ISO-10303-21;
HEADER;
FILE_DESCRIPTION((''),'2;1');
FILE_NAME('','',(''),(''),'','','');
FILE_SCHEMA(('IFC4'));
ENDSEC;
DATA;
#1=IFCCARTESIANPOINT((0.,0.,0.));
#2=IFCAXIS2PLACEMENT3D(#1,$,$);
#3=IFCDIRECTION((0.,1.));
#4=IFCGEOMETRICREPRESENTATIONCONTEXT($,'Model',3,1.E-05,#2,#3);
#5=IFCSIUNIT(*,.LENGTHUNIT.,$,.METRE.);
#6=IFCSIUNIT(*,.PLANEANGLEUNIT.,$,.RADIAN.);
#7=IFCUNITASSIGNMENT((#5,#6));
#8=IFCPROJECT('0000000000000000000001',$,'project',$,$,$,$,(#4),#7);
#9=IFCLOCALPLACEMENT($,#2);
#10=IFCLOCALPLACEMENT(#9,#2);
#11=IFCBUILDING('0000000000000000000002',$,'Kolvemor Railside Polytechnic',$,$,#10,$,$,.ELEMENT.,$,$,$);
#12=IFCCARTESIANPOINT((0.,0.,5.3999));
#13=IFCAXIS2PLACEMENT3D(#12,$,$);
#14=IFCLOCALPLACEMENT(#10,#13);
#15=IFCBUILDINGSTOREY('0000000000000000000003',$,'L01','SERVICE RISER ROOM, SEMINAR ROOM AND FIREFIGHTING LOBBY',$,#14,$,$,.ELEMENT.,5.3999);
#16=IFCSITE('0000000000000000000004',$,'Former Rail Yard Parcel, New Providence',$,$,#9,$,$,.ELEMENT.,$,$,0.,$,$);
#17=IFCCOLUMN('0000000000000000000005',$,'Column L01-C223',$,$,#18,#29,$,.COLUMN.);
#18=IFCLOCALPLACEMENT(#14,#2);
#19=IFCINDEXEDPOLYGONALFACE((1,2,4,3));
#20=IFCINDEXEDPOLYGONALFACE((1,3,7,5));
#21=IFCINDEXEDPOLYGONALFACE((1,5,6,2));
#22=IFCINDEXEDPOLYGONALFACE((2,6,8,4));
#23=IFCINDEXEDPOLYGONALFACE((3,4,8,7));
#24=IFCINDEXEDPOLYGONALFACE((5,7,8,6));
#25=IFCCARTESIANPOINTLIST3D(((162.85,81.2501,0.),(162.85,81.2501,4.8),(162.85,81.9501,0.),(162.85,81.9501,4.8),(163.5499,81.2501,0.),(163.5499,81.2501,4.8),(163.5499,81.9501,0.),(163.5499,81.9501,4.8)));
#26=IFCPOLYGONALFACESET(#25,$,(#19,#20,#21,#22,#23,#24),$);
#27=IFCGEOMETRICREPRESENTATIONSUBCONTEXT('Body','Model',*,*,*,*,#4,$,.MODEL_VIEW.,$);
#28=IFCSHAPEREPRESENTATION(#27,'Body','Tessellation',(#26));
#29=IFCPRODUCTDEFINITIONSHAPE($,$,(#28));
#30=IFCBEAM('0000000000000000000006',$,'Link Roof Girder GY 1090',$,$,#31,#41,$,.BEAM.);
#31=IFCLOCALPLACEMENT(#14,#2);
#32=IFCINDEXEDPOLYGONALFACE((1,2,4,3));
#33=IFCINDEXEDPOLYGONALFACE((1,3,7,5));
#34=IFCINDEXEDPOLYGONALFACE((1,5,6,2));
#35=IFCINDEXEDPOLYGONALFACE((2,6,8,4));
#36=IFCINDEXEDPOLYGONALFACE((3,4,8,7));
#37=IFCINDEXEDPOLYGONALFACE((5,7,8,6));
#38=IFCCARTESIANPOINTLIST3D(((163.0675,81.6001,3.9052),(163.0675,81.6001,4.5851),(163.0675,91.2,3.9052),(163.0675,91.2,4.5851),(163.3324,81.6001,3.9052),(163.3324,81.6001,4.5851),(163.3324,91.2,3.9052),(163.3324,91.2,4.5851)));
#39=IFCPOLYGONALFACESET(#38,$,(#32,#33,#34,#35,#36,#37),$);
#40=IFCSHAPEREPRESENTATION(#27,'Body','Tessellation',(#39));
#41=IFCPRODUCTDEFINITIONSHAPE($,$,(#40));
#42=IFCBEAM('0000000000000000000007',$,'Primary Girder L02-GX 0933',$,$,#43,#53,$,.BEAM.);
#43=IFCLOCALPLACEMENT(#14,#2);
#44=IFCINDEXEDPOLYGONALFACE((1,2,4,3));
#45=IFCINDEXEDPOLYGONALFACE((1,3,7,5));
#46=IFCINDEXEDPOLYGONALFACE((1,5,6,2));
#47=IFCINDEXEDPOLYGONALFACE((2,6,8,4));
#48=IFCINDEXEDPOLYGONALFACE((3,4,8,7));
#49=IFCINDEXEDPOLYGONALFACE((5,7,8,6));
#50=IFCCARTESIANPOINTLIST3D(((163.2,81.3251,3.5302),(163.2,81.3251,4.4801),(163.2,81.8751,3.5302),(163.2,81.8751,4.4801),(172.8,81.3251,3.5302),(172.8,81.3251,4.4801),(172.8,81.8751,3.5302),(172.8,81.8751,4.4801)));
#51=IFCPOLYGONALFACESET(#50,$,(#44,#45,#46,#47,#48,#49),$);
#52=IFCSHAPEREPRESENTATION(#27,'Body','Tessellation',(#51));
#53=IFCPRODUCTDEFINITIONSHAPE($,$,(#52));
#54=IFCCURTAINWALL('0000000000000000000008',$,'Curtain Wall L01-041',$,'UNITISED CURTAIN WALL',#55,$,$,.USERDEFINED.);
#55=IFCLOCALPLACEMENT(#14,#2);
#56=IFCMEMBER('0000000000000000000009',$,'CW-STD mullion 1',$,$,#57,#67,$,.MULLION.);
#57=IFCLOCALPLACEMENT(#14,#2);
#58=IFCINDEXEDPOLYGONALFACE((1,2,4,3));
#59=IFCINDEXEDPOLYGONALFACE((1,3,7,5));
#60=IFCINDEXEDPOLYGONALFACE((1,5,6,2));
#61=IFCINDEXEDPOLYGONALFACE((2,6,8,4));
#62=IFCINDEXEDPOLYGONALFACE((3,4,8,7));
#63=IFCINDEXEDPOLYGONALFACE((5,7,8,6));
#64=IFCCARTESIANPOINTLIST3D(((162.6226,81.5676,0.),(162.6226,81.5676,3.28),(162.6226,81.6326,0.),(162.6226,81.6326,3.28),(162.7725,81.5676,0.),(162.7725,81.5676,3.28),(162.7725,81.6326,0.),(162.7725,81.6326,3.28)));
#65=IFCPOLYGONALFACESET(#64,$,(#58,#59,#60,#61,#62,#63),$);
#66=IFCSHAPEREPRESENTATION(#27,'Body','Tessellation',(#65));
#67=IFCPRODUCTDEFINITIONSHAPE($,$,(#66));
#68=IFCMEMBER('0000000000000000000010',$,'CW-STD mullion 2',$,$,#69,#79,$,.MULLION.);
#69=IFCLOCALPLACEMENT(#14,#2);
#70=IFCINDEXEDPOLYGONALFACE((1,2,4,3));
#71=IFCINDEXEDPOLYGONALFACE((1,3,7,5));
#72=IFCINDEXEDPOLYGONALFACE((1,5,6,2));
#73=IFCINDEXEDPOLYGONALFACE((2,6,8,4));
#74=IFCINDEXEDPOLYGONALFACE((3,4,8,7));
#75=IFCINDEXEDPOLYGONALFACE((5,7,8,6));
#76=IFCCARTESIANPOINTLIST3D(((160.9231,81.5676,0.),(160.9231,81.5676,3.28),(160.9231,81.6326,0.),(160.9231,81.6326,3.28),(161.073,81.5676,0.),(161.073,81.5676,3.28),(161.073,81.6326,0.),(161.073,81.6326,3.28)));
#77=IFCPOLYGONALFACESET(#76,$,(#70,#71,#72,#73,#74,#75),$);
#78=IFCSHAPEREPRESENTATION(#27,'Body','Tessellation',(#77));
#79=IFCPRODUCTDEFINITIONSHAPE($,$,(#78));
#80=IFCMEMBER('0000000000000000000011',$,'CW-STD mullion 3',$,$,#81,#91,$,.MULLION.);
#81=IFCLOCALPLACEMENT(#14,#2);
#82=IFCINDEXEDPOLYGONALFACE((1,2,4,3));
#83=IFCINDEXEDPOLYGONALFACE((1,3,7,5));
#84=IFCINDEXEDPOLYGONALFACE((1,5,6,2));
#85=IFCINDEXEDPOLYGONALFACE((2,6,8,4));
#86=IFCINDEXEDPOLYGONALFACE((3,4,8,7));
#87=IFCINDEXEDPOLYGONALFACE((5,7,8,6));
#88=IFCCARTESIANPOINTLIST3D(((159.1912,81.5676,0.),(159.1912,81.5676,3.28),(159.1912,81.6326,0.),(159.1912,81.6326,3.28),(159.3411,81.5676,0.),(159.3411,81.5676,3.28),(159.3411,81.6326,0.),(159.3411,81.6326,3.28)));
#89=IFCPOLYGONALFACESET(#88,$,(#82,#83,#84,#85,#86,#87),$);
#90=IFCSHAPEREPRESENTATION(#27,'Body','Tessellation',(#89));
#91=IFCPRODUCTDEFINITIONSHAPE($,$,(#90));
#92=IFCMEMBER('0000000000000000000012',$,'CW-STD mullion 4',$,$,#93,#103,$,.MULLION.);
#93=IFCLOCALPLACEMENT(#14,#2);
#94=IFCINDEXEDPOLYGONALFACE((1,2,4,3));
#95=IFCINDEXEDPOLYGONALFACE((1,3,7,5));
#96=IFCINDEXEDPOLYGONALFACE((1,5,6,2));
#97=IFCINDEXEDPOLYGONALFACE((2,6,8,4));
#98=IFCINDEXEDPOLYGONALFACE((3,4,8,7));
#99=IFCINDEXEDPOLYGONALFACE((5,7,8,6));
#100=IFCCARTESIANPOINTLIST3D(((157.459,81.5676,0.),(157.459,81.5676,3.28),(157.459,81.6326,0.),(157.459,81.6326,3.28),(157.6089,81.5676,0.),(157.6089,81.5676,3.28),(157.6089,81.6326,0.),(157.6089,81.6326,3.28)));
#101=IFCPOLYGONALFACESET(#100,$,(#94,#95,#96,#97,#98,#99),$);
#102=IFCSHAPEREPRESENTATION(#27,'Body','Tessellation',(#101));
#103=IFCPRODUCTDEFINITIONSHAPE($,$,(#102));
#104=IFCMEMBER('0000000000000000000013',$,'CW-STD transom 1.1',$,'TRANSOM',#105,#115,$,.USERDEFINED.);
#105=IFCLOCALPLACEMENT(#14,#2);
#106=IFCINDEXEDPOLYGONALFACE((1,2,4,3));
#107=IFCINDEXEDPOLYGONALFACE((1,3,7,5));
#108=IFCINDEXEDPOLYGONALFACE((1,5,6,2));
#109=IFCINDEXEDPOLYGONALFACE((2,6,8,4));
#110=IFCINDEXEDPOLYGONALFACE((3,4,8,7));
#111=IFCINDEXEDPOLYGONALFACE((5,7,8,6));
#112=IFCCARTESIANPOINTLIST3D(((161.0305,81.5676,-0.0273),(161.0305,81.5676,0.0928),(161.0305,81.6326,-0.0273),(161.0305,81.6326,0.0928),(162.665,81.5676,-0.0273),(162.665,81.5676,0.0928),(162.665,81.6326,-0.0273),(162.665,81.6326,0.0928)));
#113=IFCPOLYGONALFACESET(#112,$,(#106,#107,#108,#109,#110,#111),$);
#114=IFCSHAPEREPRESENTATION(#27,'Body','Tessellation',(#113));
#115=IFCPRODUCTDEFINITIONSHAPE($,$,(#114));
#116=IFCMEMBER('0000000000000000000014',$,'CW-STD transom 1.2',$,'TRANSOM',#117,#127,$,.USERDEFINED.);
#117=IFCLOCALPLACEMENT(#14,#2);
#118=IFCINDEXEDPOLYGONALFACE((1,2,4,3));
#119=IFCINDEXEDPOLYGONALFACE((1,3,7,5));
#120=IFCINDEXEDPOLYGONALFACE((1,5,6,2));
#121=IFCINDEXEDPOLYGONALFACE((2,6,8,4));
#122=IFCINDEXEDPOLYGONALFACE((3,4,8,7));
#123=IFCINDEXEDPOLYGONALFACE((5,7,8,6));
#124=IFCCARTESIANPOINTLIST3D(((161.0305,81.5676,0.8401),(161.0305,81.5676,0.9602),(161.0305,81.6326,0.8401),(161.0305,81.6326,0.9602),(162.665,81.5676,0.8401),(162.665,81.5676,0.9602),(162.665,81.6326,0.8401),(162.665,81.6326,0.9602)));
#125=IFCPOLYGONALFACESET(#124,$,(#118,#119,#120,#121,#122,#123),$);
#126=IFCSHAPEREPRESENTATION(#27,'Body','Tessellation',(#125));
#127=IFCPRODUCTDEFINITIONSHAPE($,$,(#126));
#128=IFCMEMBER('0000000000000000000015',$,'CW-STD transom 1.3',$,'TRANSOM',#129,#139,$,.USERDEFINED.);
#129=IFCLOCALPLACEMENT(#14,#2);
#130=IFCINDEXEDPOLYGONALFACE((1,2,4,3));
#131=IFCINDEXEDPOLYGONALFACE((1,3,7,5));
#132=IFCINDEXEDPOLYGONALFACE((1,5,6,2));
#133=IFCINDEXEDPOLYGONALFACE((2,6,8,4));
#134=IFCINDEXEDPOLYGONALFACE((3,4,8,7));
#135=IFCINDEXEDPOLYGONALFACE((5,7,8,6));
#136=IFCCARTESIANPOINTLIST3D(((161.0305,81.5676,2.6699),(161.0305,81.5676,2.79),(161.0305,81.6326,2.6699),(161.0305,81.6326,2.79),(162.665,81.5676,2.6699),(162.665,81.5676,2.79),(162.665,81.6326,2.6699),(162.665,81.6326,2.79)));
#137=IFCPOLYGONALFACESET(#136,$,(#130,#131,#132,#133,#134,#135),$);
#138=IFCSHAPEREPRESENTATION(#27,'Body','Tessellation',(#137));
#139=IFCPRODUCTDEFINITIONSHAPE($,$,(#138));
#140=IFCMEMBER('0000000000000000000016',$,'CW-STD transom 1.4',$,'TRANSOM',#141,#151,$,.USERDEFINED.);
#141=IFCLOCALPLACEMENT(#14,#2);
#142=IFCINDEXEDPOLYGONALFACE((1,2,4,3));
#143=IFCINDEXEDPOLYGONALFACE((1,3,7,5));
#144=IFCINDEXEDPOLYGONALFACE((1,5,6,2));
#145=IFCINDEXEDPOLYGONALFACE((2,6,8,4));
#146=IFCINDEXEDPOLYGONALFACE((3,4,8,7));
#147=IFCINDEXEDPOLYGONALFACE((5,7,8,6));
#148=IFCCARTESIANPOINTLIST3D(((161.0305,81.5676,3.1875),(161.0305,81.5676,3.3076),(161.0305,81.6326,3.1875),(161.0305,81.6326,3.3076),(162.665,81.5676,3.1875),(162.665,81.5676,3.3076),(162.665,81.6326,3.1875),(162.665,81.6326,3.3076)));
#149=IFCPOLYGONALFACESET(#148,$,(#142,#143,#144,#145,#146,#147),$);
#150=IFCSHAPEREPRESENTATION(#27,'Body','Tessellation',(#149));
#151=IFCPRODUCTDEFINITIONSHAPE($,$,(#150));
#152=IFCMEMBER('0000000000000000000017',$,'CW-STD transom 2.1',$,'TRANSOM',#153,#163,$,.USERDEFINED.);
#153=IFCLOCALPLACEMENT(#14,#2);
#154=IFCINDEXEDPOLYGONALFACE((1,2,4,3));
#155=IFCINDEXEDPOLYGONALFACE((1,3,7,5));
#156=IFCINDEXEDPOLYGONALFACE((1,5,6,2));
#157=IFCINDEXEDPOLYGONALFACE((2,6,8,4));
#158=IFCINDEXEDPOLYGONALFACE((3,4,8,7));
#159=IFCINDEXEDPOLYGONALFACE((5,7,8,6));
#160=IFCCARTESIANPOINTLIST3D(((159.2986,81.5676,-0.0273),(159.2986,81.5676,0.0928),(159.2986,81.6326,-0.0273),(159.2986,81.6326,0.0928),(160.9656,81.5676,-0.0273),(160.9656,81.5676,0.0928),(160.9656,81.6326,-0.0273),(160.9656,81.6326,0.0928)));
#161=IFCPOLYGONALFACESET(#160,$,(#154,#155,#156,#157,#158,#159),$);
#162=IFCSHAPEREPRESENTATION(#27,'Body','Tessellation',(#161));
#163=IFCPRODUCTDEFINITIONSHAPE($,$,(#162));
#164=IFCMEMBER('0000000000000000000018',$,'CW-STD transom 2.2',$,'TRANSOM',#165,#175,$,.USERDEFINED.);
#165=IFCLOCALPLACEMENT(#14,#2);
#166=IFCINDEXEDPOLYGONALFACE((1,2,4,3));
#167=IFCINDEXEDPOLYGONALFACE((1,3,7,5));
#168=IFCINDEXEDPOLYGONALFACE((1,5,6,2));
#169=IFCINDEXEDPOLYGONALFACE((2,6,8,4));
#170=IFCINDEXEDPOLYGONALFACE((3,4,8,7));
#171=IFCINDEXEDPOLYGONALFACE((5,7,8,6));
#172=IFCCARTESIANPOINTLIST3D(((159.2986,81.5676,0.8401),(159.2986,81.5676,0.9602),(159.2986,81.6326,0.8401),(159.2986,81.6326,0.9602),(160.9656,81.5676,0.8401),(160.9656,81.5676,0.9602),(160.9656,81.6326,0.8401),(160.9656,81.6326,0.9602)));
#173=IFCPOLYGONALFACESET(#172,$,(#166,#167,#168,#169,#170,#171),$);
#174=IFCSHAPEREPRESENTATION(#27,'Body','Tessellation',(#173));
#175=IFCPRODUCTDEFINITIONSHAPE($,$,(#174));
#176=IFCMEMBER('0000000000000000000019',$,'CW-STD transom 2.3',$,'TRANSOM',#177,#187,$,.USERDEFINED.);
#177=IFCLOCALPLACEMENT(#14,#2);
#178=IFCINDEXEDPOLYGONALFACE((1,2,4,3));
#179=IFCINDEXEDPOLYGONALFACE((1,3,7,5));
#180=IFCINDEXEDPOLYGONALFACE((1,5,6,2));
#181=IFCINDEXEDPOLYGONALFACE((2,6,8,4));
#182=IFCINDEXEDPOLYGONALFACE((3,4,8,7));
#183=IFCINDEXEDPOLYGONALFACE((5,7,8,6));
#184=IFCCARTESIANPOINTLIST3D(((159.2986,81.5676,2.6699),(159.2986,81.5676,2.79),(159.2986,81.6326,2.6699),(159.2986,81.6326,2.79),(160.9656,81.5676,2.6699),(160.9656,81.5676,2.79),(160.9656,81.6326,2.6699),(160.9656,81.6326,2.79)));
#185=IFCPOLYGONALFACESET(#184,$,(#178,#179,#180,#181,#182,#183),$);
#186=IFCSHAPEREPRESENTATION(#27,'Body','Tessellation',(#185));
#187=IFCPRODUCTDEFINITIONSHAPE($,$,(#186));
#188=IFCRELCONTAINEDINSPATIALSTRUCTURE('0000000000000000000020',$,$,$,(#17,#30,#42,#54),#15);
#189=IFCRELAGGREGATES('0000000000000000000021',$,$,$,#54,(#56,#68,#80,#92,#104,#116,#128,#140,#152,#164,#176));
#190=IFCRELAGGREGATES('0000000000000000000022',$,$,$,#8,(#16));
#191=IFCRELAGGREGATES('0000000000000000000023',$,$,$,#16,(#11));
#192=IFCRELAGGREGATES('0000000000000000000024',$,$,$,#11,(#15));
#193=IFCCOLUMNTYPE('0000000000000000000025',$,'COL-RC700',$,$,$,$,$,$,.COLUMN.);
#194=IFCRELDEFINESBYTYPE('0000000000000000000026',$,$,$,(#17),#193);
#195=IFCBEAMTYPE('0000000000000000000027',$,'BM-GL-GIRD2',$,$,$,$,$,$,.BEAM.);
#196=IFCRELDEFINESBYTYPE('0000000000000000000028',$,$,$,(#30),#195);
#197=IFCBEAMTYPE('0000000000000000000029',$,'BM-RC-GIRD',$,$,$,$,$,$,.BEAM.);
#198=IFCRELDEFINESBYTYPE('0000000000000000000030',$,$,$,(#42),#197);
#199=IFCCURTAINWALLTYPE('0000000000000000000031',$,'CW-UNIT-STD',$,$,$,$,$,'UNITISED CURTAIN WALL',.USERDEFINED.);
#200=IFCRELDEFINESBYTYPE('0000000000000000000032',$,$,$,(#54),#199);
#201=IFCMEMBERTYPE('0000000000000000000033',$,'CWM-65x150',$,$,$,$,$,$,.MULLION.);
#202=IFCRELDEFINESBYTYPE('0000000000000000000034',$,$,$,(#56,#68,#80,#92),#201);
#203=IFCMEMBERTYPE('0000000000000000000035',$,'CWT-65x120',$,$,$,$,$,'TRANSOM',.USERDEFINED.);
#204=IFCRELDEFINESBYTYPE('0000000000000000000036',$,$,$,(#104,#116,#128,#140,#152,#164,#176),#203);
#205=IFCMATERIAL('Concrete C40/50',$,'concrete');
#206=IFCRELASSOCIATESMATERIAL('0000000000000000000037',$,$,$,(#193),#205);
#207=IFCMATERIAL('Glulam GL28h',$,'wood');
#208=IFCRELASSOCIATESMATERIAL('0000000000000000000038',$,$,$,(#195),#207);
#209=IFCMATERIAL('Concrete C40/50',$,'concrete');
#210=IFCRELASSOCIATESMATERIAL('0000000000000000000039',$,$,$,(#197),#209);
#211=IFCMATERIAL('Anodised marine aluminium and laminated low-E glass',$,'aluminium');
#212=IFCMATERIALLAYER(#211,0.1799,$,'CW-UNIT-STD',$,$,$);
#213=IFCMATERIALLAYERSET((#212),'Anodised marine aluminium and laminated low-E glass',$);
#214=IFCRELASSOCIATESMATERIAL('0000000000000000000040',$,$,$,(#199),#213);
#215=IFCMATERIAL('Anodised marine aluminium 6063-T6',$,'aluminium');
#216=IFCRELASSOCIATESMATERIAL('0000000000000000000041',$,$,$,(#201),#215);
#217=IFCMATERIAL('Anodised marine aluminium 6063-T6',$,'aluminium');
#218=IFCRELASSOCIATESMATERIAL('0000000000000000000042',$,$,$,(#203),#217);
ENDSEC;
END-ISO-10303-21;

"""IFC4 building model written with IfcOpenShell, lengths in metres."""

from ifc_helpers import new_model, si_unit, direction, frame, origin, origin_2d, place, context, subcontext, project, spatial, rectangle, extrude, material, layer, layer_set, material_profile, profile_set, type_object, element, aggregate, save


model = new_model("IFC4")

# Units and contexts
model_context = context("Model", 3, precision=1e-05, world=origin(), true_north=direction((0.0, 1.0)))
body_context = subcontext(model_context, "Body", "Model", "MODEL_VIEW")
ifc_project = project(units=[si_unit("LENGTHUNIT", "METRE"), si_unit("PLANEANGLEUNIT", "RADIAN")], contexts=[model_context])

# Site, building, storey
site_placement = place(None, origin())
site = spatial("IfcSite", under=ifc_project, at=site_placement, Name="Former Rail Yard Parcel, New Providence", CompositionType="ELEMENT", RefElevation=0.0)
building_placement = place(site_placement, origin())
building = spatial("IfcBuilding", under=site, at=building_placement, Name="Kolvemor Railside Polytechnic", CompositionType="ELEMENT")
storey_placement = place(building_placement, frame((0.0, 0.0, 5.3999)))
storey = spatial("IfcBuildingStorey", under=building, at=storey_placement, Name="L01", Description="SERVICE RISER ROOM, SEMINAR ROOM AND FIREFIGHTING LOBBY", CompositionType="ELEMENT", Elevation=5.3999)

# Column
ifc_material_1 = material(Name="Concrete C40/50", Category="concrete")
ifc_material_profile_1 = material_profile(ifc_material_1, rectangle(XDim=0.7, YDim=0.7, at=origin_2d()), Name="RC700x700")
ifc_profile_set_1 = profile_set([ifc_material_profile_1], Name="Concrete C40/50")
column_type = type_object("IfcColumnType", Name="COL-RC700", PredefinedType="COLUMN", material=ifc_profile_set_1)
column_placement = place(storey_placement, frame((163.2, 81.6001, 0.0), z_axis=(0.0, 0.0, 1.0), x_axis=(1.0, 0.0, 0.0)))
element("IfcColumn", 1, at=column_placement, inside=storey, type_object=column_type, Name="Column L01-C223", PredefinedType="COLUMN", context=body_context, shape_type="SweptSolid", body=[
    extrude(rectangle(XDim=0.7, YDim=0.7, at=origin_2d()), origin(), (0.0, 0.0, 1.0), 4.8),
])

# Beams
ifc_material_2 = material(Name="Glulam GL28h", Category="wood")
ifc_material_profile_2 = material_profile(ifc_material_2, rectangle(XDim=0.2649, YDim=0.6799, at=origin_2d()), Name="GL265x680")
ifc_profile_set_2 = profile_set([ifc_material_profile_2], Name="Glulam GL28h")
beam_type_1 = type_object("IfcBeamType", Name="BM-GL-GIRD2", PredefinedType="BEAM", material=ifc_profile_set_2)
beam_1_placement = place(storey_placement, frame((163.2, 81.6001, 4.2451), z_axis=(0.0, 1.0, 0.0), x_axis=(-1.0, 0.0, 0.0)))
element("IfcBeam", 2, at=beam_1_placement, inside=storey, type_object=beam_type_1, Name="Link Roof Girder GY 1090", PredefinedType="BEAM", context=body_context, shape_type="SweptSolid", body=[
    extrude(rectangle(XDim=0.2649, YDim=0.6799, at=origin_2d()), origin(), (0.0, 0.0, 1.0), 9.5999),
])
ifc_material_3 = material(Name="Concrete C40/50", Category="concrete")
ifc_material_profile_3 = material_profile(ifc_material_3, rectangle(XDim=0.55, YDim=0.95, at=origin_2d()), Name="RC550x950")
ifc_profile_set_3 = profile_set([ifc_material_profile_3], Name="Concrete C40/50")
beam_type_2 = type_object("IfcBeamType", Name="BM-RC-GIRD", PredefinedType="BEAM", material=ifc_profile_set_3)
beam_2_placement = place(storey_placement, frame((163.2, 81.6001, 4.0051), z_axis=(1.0, 0.0, 0.0), x_axis=(0.0, 1.0, 0.0)))
element("IfcBeam", 3, at=beam_2_placement, inside=storey, type_object=beam_type_2, Name="Primary Girder L02-GX 0933", PredefinedType="BEAM", context=body_context, shape_type="SweptSolid", body=[
    extrude(rectangle(XDim=0.55, YDim=0.95, at=origin_2d()), origin(), (0.0, 0.0, 1.0), 9.6001),
])

# Curtain wall, members
ifc_material_4 = material(Name="Anodised marine aluminium and laminated low-E glass", Category="aluminium")
ifc_layer_1 = layer(ifc_material_4, 0.1799, Name="CW-UNIT-STD")
ifc_layer_set_1 = layer_set([ifc_layer_1], Name="Anodised marine aluminium and laminated low-E glass")
curtain_wall_type = type_object("IfcCurtainWallType", Name="CW-UNIT-STD", ElementType="UNITISED CURTAIN WALL", PredefinedType="USERDEFINED", material=ifc_layer_set_1)
curtain_wall_placement = place(storey_placement, origin())
curtain_wall = element("IfcCurtainWall", 4, at=curtain_wall_placement, inside=storey, type_object=curtain_wall_type, Name="Curtain Wall L01-041", ObjectType="UNITISED CURTAIN WALL", PredefinedType="USERDEFINED")
ifc_material_5 = material(Name="Anodised marine aluminium 6063-T6", Category="aluminium")
ifc_material_profile_4 = material_profile(ifc_material_5, rectangle(XDim=0.0649, YDim=0.1499, at=origin_2d()), Name="CW-MUL-65x150")
ifc_profile_set_4 = profile_set([ifc_material_profile_4], Name="Anodised marine aluminium 6063-T6")
member_type_1 = type_object("IfcMemberType", Name="CWM-65x150", PredefinedType="MULLION", material=ifc_profile_set_4)
member_1_placement = place(storey_placement, frame((162.6975, 81.6001, 0.0), z_axis=(0.0, 0.0, 1.0), x_axis=(0.0, -1.0, 0.0)))
member_1 = element("IfcMember", 5, at=member_1_placement, type_object=member_type_1, Name="CW-STD mullion 1", PredefinedType="MULLION", context=body_context, shape_type="SweptSolid", body=[
    extrude(rectangle(XDim=0.0649, YDim=0.1499, at=origin_2d()), origin(), (0.0, 0.0, 1.0), 3.28),
])
member_2_placement = place(storey_placement, frame((160.998, 81.6001, 0.0), z_axis=(0.0, 0.0, 1.0), x_axis=(0.0, -1.0, 0.0)))
member_2 = element("IfcMember", 6, at=member_2_placement, type_object=member_type_1, Name="CW-STD mullion 2", PredefinedType="MULLION", context=body_context, shape_type="SweptSolid", body=[
    extrude(rectangle(XDim=0.0649, YDim=0.1499, at=origin_2d()), origin(), (0.0, 0.0, 1.0), 3.28),
])
member_3_placement = place(storey_placement, frame((159.2661, 81.6001, 0.0), z_axis=(0.0, 0.0, 1.0), x_axis=(0.0, -1.0, 0.0)))
member_3 = element("IfcMember", 7, at=member_3_placement, type_object=member_type_1, Name="CW-STD mullion 3", PredefinedType="MULLION", context=body_context, shape_type="SweptSolid", body=[
    extrude(rectangle(XDim=0.0649, YDim=0.1499, at=origin_2d()), origin(), (0.0, 0.0, 1.0), 3.28),
])
member_4_placement = place(storey_placement, frame((157.5339, 81.6001, 0.0), z_axis=(0.0, 0.0, 1.0), x_axis=(0.0, -1.0, 0.0)))
member_4 = element("IfcMember", 8, at=member_4_placement, type_object=member_type_1, Name="CW-STD mullion 4", PredefinedType="MULLION", context=body_context, shape_type="SweptSolid", body=[
    extrude(rectangle(XDim=0.0649, YDim=0.1499, at=origin_2d()), origin(), (0.0, 0.0, 1.0), 3.28),
])
ifc_material_6 = material(Name="Anodised marine aluminium 6063-T6", Category="aluminium")
ifc_material_profile_5 = material_profile(ifc_material_6, rectangle(XDim=0.0649, YDim=0.1201, at=origin_2d()), Name="CW-TRN-65x120")
ifc_profile_set_5 = profile_set([ifc_material_profile_5], Name="Anodised marine aluminium 6063-T6")
member_type_2 = type_object("IfcMemberType", Name="CWT-65x120", ElementType="TRANSOM", PredefinedType="USERDEFINED", material=ifc_profile_set_5)
member_5_placement = place(storey_placement, frame((162.665, 81.6001, 0.0327), z_axis=(-1.0, 0.0, 0.0), x_axis=(0.0, -1.0, 0.0)))
member_5 = element("IfcMember", 9, at=member_5_placement, type_object=member_type_2, Name="CW-STD transom 1.1", ObjectType="TRANSOM", PredefinedType="USERDEFINED", context=body_context, shape_type="SweptSolid", body=[
    extrude(rectangle(XDim=0.0649, YDim=0.1201, at=origin_2d()), origin(), (0.0, 0.0, 1.0), 1.6345),
])
member_6_placement = place(storey_placement, frame((162.665, 81.6001, 0.9001), z_axis=(-1.0, 0.0, 0.0), x_axis=(0.0, -1.0, 0.0)))
member_6 = element("IfcMember", 10, at=member_6_placement, type_object=member_type_2, Name="CW-STD transom 1.2", ObjectType="TRANSOM", PredefinedType="USERDEFINED", context=body_context, shape_type="SweptSolid", body=[
    extrude(rectangle(XDim=0.0649, YDim=0.1201, at=origin_2d()), origin(), (0.0, 0.0, 1.0), 1.6345),
])
member_7_placement = place(storey_placement, frame((162.665, 81.6001, 2.73), z_axis=(-1.0, 0.0, 0.0), x_axis=(0.0, -1.0, 0.0)))
member_7 = element("IfcMember", 11, at=member_7_placement, type_object=member_type_2, Name="CW-STD transom 1.3", ObjectType="TRANSOM", PredefinedType="USERDEFINED", context=body_context, shape_type="SweptSolid", body=[
    extrude(rectangle(XDim=0.0649, YDim=0.1201, at=origin_2d()), origin(), (0.0, 0.0, 1.0), 1.6345),
])
member_8_placement = place(storey_placement, frame((162.665, 81.6001, 3.2476), z_axis=(-1.0, 0.0, 0.0), x_axis=(0.0, -1.0, 0.0)))
member_8 = element("IfcMember", 12, at=member_8_placement, type_object=member_type_2, Name="CW-STD transom 1.4", ObjectType="TRANSOM", PredefinedType="USERDEFINED", context=body_context, shape_type="SweptSolid", body=[
    extrude(rectangle(XDim=0.0649, YDim=0.1201, at=origin_2d()), origin(), (0.0, 0.0, 1.0), 1.6345),
])
member_9_placement = place(storey_placement, frame((160.9656, 81.6001, 0.0327), z_axis=(-1.0, 0.0, 0.0), x_axis=(0.0, -1.0, 0.0)))
member_9 = element("IfcMember", 13, at=member_9_placement, type_object=member_type_2, Name="CW-STD transom 2.1", ObjectType="TRANSOM", PredefinedType="USERDEFINED", context=body_context, shape_type="SweptSolid", body=[
    extrude(rectangle(XDim=0.0649, YDim=0.1201, at=origin_2d()), origin(), (0.0, 0.0, 1.0), 1.667),
])
member_10_placement = place(storey_placement, frame((160.9656, 81.6001, 0.9001), z_axis=(-1.0, 0.0, 0.0), x_axis=(0.0, -1.0, 0.0)))
member_10 = element("IfcMember", 14, at=member_10_placement, type_object=member_type_2, Name="CW-STD transom 2.2", ObjectType="TRANSOM", PredefinedType="USERDEFINED", context=body_context, shape_type="SweptSolid", body=[
    extrude(rectangle(XDim=0.0649, YDim=0.1201, at=origin_2d()), origin(), (0.0, 0.0, 1.0), 1.667),
])
member_11_placement = place(storey_placement, frame((160.9656, 81.6001, 2.73), z_axis=(-1.0, 0.0, 0.0), x_axis=(0.0, -1.0, 0.0)))
member_11 = element("IfcMember", 15, at=member_11_placement, type_object=member_type_2, Name="CW-STD transom 2.3", ObjectType="TRANSOM", PredefinedType="USERDEFINED", context=body_context, shape_type="SweptSolid", body=[
    extrude(rectangle(XDim=0.0649, YDim=0.1201, at=origin_2d()), origin(), (0.0, 0.0, 1.0), 1.667),
])
aggregate(curtain_wall, [member_1, member_2, member_3, member_4, member_5, member_6, member_7, member_8, member_9, member_10, member_11])

save(model, "model.ifc")
